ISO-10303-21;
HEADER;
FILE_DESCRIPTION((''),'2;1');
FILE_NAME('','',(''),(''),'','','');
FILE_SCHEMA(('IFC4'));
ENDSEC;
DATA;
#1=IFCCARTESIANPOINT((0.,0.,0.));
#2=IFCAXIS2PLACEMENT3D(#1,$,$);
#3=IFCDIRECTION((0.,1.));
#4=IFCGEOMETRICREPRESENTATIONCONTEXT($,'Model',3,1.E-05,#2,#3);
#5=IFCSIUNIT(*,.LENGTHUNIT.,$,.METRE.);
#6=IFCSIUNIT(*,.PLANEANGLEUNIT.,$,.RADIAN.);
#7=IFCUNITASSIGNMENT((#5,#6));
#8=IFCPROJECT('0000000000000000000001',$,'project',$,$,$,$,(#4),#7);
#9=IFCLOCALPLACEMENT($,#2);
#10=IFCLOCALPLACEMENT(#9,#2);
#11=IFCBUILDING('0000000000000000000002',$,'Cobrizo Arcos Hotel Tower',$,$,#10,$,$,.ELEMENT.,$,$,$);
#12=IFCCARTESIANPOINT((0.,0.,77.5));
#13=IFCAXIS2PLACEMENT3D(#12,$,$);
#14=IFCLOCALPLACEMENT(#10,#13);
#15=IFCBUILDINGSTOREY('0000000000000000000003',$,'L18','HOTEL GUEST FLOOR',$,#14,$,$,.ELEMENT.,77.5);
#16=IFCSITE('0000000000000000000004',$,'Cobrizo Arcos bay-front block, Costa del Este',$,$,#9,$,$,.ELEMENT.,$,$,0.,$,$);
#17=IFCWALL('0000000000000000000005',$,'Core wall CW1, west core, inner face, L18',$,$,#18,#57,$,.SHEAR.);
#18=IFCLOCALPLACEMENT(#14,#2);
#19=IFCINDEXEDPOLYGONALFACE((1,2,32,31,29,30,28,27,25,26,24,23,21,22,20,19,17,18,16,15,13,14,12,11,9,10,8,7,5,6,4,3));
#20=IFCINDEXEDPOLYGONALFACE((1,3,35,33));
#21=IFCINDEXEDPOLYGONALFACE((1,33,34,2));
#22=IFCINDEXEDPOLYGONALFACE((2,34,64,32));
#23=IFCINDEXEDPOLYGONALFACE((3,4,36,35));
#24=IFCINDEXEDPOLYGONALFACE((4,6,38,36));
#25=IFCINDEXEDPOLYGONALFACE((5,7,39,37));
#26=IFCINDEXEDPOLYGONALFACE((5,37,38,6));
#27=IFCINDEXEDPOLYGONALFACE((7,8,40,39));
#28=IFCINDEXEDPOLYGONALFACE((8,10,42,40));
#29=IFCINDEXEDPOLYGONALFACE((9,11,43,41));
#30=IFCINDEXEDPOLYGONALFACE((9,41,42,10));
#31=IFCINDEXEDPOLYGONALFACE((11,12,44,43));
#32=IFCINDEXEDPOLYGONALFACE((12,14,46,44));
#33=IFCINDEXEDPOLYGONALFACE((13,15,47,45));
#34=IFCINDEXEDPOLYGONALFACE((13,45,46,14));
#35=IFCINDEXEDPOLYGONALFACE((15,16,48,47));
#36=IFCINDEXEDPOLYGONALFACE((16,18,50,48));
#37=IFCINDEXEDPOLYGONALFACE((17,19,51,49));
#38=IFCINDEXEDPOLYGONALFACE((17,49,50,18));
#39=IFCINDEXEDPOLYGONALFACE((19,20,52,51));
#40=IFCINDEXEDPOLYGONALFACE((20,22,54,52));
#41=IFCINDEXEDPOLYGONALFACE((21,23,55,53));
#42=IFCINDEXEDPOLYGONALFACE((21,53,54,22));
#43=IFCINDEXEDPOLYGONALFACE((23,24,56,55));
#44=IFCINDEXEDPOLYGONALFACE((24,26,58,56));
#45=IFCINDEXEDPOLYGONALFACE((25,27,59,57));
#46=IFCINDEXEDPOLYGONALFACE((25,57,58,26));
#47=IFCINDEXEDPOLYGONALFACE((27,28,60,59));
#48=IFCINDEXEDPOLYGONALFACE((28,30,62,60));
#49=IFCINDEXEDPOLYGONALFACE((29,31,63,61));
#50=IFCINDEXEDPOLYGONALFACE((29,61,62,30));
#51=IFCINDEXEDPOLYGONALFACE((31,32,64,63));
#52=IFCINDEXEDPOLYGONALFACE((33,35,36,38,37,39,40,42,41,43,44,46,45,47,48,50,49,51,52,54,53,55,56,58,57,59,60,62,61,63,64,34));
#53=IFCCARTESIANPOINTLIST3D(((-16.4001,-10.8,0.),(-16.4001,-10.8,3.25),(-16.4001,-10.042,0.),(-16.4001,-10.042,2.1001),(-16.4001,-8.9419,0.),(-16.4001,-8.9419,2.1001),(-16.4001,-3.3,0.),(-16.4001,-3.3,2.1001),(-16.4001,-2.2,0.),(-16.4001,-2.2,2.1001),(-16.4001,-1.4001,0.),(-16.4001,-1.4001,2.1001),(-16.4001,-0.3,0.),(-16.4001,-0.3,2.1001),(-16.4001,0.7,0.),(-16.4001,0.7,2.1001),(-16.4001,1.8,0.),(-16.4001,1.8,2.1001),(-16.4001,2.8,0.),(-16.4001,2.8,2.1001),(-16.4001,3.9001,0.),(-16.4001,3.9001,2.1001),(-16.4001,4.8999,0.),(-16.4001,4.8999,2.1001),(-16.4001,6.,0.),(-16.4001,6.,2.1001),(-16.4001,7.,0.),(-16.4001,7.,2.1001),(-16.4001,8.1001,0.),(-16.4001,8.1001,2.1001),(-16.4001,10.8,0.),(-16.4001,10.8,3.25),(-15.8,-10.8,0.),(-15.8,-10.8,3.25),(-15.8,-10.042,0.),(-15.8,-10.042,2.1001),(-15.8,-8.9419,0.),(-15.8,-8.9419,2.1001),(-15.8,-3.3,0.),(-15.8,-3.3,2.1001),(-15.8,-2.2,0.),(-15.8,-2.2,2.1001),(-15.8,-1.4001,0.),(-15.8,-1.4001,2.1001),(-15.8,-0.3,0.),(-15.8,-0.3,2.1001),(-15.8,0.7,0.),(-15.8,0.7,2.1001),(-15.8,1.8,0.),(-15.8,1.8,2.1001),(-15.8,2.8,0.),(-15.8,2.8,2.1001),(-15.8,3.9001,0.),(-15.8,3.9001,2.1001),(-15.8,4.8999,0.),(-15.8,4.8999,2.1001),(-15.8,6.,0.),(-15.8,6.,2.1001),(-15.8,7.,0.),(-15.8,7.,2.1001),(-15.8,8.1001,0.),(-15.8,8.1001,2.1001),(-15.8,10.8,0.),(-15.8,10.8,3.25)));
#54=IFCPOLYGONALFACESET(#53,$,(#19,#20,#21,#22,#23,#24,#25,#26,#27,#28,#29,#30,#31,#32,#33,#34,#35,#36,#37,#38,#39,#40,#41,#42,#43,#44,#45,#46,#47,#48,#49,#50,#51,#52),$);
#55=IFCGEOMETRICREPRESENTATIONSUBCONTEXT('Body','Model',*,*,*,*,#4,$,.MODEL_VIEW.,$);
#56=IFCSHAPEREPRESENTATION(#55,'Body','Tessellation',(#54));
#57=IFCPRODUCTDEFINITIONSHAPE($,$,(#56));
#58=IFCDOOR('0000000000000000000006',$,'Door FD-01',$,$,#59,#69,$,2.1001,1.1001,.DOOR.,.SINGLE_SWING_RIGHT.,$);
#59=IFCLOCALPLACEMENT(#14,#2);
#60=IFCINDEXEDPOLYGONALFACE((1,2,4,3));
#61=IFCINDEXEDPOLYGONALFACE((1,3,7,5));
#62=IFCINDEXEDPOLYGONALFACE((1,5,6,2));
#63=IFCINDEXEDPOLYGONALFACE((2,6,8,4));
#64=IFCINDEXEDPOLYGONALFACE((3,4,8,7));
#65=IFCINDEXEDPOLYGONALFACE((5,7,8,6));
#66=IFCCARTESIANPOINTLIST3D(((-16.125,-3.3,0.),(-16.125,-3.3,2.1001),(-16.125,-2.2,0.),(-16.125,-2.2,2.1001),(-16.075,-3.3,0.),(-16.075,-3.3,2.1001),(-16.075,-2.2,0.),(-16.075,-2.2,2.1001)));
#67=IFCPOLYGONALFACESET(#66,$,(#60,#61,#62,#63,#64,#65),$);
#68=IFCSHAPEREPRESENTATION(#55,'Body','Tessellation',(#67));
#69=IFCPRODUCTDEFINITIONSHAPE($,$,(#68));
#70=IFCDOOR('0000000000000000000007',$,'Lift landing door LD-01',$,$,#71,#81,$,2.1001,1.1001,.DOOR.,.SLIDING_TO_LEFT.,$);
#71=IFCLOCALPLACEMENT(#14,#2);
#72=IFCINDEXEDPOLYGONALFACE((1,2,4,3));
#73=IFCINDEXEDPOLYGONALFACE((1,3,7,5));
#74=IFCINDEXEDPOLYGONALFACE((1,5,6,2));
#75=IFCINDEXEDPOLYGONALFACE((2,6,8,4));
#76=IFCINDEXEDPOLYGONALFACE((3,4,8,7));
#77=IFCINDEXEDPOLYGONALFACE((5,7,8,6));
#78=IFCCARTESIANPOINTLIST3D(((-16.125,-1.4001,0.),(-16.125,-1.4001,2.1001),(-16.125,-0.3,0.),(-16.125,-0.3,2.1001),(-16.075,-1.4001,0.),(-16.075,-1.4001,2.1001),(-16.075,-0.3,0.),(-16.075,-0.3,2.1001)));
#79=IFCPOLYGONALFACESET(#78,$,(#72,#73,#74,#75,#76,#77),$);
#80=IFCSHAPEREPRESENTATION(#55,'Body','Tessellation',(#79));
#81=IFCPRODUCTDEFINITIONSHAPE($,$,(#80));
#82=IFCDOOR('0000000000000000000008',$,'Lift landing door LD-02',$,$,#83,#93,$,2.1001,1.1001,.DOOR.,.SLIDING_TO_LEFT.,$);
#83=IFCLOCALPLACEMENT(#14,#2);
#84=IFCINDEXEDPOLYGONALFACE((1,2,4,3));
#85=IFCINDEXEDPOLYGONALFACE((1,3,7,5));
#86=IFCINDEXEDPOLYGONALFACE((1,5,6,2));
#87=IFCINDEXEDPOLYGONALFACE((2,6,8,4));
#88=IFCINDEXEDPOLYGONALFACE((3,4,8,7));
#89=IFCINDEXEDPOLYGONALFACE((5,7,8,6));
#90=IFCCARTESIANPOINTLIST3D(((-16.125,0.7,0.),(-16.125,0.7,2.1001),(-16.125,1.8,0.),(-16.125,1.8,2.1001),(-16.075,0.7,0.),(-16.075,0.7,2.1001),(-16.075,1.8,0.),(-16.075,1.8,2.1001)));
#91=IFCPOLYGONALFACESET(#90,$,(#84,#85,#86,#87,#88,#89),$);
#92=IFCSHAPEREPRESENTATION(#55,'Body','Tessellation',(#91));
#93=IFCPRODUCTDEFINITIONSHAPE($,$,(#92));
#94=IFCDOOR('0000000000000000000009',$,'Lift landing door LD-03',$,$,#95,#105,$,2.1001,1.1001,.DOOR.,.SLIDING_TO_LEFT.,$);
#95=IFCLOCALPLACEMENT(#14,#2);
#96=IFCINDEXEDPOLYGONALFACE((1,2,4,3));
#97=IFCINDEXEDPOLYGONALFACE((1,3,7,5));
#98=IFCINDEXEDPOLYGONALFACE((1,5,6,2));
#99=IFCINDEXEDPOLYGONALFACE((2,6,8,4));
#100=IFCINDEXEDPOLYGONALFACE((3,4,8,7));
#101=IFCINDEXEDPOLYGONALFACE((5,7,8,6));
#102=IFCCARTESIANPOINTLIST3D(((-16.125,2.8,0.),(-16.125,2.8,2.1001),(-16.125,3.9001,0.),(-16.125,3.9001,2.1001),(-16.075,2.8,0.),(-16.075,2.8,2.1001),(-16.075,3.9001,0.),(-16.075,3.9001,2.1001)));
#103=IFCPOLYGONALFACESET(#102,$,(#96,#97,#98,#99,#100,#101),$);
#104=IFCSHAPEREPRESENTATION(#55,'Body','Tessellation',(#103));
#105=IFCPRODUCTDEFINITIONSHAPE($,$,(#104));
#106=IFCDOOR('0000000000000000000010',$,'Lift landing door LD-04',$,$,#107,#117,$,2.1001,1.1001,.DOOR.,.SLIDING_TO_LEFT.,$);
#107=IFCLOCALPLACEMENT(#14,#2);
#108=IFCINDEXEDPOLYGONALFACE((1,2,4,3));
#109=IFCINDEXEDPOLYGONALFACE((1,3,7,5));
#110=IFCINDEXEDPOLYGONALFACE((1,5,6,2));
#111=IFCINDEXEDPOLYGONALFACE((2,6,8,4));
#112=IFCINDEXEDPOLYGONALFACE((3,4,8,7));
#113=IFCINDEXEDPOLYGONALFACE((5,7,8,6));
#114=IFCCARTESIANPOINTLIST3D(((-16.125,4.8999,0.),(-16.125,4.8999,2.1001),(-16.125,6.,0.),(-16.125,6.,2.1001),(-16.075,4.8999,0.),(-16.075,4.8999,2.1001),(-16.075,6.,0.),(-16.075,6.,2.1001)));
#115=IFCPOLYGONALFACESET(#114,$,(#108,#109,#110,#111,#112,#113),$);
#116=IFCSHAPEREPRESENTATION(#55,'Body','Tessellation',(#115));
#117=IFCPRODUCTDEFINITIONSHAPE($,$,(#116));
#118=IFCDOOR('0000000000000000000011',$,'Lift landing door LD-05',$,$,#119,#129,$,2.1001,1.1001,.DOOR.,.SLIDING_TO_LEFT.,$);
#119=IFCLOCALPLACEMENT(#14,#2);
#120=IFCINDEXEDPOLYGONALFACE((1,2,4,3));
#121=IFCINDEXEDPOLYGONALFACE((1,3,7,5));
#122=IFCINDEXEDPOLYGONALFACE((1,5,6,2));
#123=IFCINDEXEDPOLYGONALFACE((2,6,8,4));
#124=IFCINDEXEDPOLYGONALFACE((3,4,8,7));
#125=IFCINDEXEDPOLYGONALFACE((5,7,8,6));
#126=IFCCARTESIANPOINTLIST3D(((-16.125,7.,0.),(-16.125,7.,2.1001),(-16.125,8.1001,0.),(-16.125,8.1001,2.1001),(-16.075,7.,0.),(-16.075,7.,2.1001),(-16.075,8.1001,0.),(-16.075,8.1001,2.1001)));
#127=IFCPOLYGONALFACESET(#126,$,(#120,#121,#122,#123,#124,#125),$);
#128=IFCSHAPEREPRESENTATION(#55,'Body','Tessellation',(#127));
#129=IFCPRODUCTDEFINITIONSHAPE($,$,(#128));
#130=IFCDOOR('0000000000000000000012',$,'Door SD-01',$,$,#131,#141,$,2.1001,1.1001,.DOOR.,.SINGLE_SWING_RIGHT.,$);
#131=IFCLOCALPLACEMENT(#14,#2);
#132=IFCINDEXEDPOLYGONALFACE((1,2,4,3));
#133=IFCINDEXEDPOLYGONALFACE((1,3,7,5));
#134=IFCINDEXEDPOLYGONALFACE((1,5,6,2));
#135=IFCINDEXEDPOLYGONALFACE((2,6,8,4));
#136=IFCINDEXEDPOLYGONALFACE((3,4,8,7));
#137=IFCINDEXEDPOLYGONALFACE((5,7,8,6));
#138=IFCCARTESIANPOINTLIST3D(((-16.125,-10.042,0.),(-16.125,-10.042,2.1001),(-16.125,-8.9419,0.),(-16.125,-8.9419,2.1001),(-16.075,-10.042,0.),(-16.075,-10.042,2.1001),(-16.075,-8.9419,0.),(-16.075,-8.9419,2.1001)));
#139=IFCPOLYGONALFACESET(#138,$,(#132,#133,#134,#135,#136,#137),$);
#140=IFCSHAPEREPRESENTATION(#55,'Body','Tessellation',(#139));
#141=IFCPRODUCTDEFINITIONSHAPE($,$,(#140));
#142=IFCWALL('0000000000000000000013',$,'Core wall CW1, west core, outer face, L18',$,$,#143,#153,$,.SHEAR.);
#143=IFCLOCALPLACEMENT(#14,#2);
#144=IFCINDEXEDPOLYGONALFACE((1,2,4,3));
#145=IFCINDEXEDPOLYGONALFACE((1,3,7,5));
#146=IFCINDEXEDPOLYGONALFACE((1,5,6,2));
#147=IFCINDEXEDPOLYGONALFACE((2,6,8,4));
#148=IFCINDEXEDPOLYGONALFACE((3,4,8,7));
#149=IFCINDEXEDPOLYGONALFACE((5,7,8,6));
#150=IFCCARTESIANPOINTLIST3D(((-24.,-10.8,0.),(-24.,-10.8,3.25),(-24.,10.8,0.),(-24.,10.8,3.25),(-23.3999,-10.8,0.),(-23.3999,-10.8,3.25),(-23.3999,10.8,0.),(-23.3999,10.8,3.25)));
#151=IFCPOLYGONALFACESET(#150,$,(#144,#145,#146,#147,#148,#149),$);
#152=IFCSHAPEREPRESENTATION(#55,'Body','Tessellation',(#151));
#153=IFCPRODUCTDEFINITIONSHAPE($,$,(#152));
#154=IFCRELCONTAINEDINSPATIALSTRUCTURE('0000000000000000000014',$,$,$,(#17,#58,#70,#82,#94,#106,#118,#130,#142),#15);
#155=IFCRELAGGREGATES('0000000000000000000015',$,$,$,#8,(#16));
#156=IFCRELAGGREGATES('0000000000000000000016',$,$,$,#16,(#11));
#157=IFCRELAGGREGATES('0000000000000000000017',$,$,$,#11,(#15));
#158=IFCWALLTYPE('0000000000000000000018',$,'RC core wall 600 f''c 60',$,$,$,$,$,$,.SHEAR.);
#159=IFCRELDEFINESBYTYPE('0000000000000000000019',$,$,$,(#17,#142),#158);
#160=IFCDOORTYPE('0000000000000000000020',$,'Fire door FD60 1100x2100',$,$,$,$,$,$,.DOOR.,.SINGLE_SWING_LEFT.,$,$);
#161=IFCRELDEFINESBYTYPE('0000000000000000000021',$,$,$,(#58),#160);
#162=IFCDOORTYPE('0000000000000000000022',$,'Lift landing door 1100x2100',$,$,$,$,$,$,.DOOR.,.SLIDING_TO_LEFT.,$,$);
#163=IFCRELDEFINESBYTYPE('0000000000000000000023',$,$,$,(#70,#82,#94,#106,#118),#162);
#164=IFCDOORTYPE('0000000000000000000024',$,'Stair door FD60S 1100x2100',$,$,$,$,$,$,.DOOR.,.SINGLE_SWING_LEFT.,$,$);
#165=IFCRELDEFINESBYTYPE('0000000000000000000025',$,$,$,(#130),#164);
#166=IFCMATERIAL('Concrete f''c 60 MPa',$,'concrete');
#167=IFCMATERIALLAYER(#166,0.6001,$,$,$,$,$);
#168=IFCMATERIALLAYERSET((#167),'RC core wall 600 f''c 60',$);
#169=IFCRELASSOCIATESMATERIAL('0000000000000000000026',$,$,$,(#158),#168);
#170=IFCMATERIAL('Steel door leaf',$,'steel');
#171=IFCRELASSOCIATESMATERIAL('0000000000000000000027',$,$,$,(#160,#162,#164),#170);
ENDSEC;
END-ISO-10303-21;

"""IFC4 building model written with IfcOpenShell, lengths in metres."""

from ifc_helpers import new_model, si_unit, direction, frame, frame_2d, origin, place, context, subcontext, project, spatial, rectangle, extrude, material, layer, layer_set, type_object, element, fill, save


model = new_model("IFC4")

# Units and contexts
model_context = context("Model", 3, precision=1e-05, world=origin(), true_north=direction((0.0, 1.0)))
body_context = subcontext(model_context, "Body", "Model", "MODEL_VIEW")
ifc_project = project(units=[si_unit("LENGTHUNIT", "METRE"), si_unit("PLANEANGLEUNIT", "RADIAN")], contexts=[model_context])

# Site, building, storey
site_placement = place(None, origin())
site = spatial("IfcSite", under=ifc_project, at=site_placement, Name="Cobrizo Arcos bay-front block, Costa del Este", CompositionType="ELEMENT", RefElevation=0.0)
building_placement = place(site_placement, origin())
building = spatial("IfcBuilding", under=site, at=building_placement, Name="Cobrizo Arcos Hotel Tower", CompositionType="ELEMENT")
storey_placement = place(building_placement, frame((0.0, 0.0, 77.5)))
storey = spatial("IfcBuildingStorey", under=building, at=storey_placement, Name="L18", Description="HOTEL GUEST FLOOR", CompositionType="ELEMENT", Elevation=77.5)

# Wall, openings, doors
ifc_material_1 = material(Name="Concrete f'c 60 MPa", Category="concrete")
ifc_layer_1 = layer(ifc_material_1, 0.6001)
ifc_layer_set_1 = layer_set([ifc_layer_1], Name="RC core wall 600 f'c 60")
wall_type_1 = type_object("IfcWallType", Name="RC core wall 600 f'c 60", PredefinedType="SHEAR", material=ifc_layer_set_1)
wall_1_placement = place(storey_placement, frame((-16.1001, -10.8, 0.0), z_axis=(0.0, 0.0, 1.0), x_axis=(0.0, 1.0, 0.0)))
wall_1 = element("IfcWall", 1, at=wall_1_placement, inside=storey, type_object=wall_type_1, Name="Core wall CW1, west core, inner face, L18", PredefinedType="SHEAR", context=body_context, shape_type="SweptSolid", body=[
    extrude(rectangle(XDim=21.6001, YDim=0.6001, at=frame_2d((10.8, 0.0))), origin(), (0.0, 0.0, 1.0), 3.25),
])
opening_1_placement = place(wall_1_placement, frame((9.3999, 0.0, 0.0)))
opening_1 = element("IfcOpeningElement", 2, at=opening_1_placement, cuts=wall_1, PredefinedType="OPENING", context=body_context, shape_type="SweptSolid", body=[
    extrude(rectangle(XDim=1.1001, YDim=2.1001, at=frame_2d((0.55, 1.05))), frame((0.0, 0.312, 0.0), z_axis=(0.0, -1.0, 0.0), x_axis=(1.0, 0.0, 0.0)), (0.0, 0.0, 1.0), 0.624),
])
opening_2_placement = place(wall_1_placement, frame((11.5, 0.0, 0.0)))
opening_2 = element("IfcOpeningElement", 3, at=opening_2_placement, cuts=wall_1, PredefinedType="OPENING", context=body_context, shape_type="SweptSolid", body=[
    extrude(rectangle(XDim=1.1001, YDim=2.1001, at=frame_2d((0.55, 1.05))), frame((0.0, 0.312, 0.0), z_axis=(0.0, -1.0, 0.0), x_axis=(1.0, 0.0, 0.0)), (0.0, 0.0, 1.0), 0.624),
])
opening_3_placement = place(wall_1_placement, frame((13.6001, 0.0, 0.0)))
opening_3 = element("IfcOpeningElement", 4, at=opening_3_placement, cuts=wall_1, PredefinedType="OPENING", context=body_context, shape_type="SweptSolid", body=[
    extrude(rectangle(XDim=1.1001, YDim=2.1001, at=frame_2d((0.55, 1.05))), frame((0.0, 0.312, 0.0), z_axis=(0.0, -1.0, 0.0), x_axis=(1.0, 0.0, 0.0)), (0.0, 0.0, 1.0), 0.624),
])
opening_4_placement = place(wall_1_placement, frame((15.7, 0.0, 0.0)))
opening_4 = element("IfcOpeningElement", 5, at=opening_4_placement, cuts=wall_1, PredefinedType="OPENING", context=body_context, shape_type="SweptSolid", body=[
    extrude(rectangle(XDim=1.1001, YDim=2.1001, at=frame_2d((0.55, 1.05))), frame((0.0, 0.312, 0.0), z_axis=(0.0, -1.0, 0.0), x_axis=(1.0, 0.0, 0.0)), (0.0, 0.0, 1.0), 0.624),
])
opening_5_placement = place(wall_1_placement, frame((17.8, 0.0, 0.0)))
opening_5 = element("IfcOpeningElement", 6, at=opening_5_placement, cuts=wall_1, PredefinedType="OPENING", context=body_context, shape_type="SweptSolid", body=[
    extrude(rectangle(XDim=1.1001, YDim=2.1001, at=frame_2d((0.55, 1.05))), frame((0.0, 0.312, 0.0), z_axis=(0.0, -1.0, 0.0), x_axis=(1.0, 0.0, 0.0)), (0.0, 0.0, 1.0), 0.624),
])
opening_6_placement = place(wall_1_placement, frame((0.7581, 0.0, 0.0)))
opening_6 = element("IfcOpeningElement", 7, at=opening_6_placement, cuts=wall_1, PredefinedType="OPENING", context=body_context, shape_type="SweptSolid", body=[
    extrude(rectangle(XDim=1.1001, YDim=2.1001, at=frame_2d((0.55, 1.05))), frame((0.0, 0.312, 0.0), z_axis=(0.0, -1.0, 0.0), x_axis=(1.0, 0.0, 0.0)), (0.0, 0.0, 1.0), 0.624),
])
opening_7_placement = place(wall_1_placement, frame((7.5, 0.0, 0.0)))
opening_7 = element("IfcOpeningElement", 8, at=opening_7_placement, cuts=wall_1, PredefinedType="OPENING", context=body_context, shape_type="SweptSolid", body=[
    extrude(rectangle(XDim=1.1001, YDim=2.1001, at=frame_2d((0.55, 1.05))), frame((0.0, 0.312, 0.0), z_axis=(0.0, -1.0, 0.0), x_axis=(1.0, 0.0, 0.0)), (0.0, 0.0, 1.0), 0.624),
])
ifc_material_2 = material(Name="Steel door leaf", Category="steel")
door_type_1 = type_object("IfcDoorType", Name="Fire door FD60 1100x2100", OperationType="SINGLE_SWING_LEFT", PredefinedType="DOOR", material=ifc_material_2)
door_1_placement = place(opening_7_placement, origin())
door_1 = element("IfcDoor", 9, at=door_1_placement, inside=storey, type_object=door_type_1, Name="Door FD-01", OperationType="SINGLE_SWING_RIGHT", OverallHeight=2.1001, OverallWidth=1.1001, PredefinedType="DOOR", context=body_context, shape_type="SweptSolid", body=[
    extrude(rectangle(XDim=1.1001, YDim=2.1001, at=frame_2d((0.55, 1.05))), frame((0.0, 0.0249, 0.0), z_axis=(0.0, -1.0, 0.0), x_axis=(1.0, 0.0, 0.0)), (0.0, 0.0, 1.0), 0.05),
])
fill(opening_7, door_1)
door_type_2 = type_object("IfcDoorType", Name="Lift landing door 1100x2100", OperationType="SLIDING_TO_LEFT", PredefinedType="DOOR", material=ifc_material_2)
door_2_placement = place(opening_1_placement, origin())
door_2 = element("IfcDoor", 10, at=door_2_placement, inside=storey, type_object=door_type_2, Name="Lift landing door LD-01", OperationType="SLIDING_TO_LEFT", OverallHeight=2.1001, OverallWidth=1.1001, PredefinedType="DOOR", context=body_context, shape_type="SweptSolid", body=[
    extrude(rectangle(XDim=1.1001, YDim=2.1001, at=frame_2d((0.55, 1.05))), frame((0.0, 0.0249, 0.0), z_axis=(0.0, -1.0, 0.0), x_axis=(1.0, 0.0, 0.0)), (0.0, 0.0, 1.0), 0.05),
])
fill(opening_1, door_2)
door_3_placement = place(opening_2_placement, origin())
door_3 = element("IfcDoor", 11, at=door_3_placement, inside=storey, type_object=door_type_2, Name="Lift landing door LD-02", OperationType="SLIDING_TO_LEFT", OverallHeight=2.1001, OverallWidth=1.1001, PredefinedType="DOOR", context=body_context, shape_type="SweptSolid", body=[
    extrude(rectangle(XDim=1.1001, YDim=2.1001, at=frame_2d((0.55, 1.05))), frame((0.0, 0.0249, 0.0), z_axis=(0.0, -1.0, 0.0), x_axis=(1.0, 0.0, 0.0)), (0.0, 0.0, 1.0), 0.05),
])
fill(opening_2, door_3)
door_4_placement = place(opening_3_placement, origin())
door_4 = element("IfcDoor", 12, at=door_4_placement, inside=storey, type_object=door_type_2, Name="Lift landing door LD-03", OperationType="SLIDING_TO_LEFT", OverallHeight=2.1001, OverallWidth=1.1001, PredefinedType="DOOR", context=body_context, shape_type="SweptSolid", body=[
    extrude(rectangle(XDim=1.1001, YDim=2.1001, at=frame_2d((0.55, 1.05))), frame((0.0, 0.0249, 0.0), z_axis=(0.0, -1.0, 0.0), x_axis=(1.0, 0.0, 0.0)), (0.0, 0.0, 1.0), 0.05),
])
fill(opening_3, door_4)
door_5_placement = place(opening_4_placement, origin())
door_5 = element("IfcDoor", 13, at=door_5_placement, inside=storey, type_object=door_type_2, Name="Lift landing door LD-04", OperationType="SLIDING_TO_LEFT", OverallHeight=2.1001, OverallWidth=1.1001, PredefinedType="DOOR", context=body_context, shape_type="SweptSolid", body=[
    extrude(rectangle(XDim=1.1001, YDim=2.1001, at=frame_2d((0.55, 1.05))), frame((0.0, 0.0249, 0.0), z_axis=(0.0, -1.0, 0.0), x_axis=(1.0, 0.0, 0.0)), (0.0, 0.0, 1.0), 0.05),
])
fill(opening_4, door_5)
door_6_placement = place(opening_5_placement, origin())
door_6 = element("IfcDoor", 14, at=door_6_placement, inside=storey, type_object=door_type_2, Name="Lift landing door LD-05", OperationType="SLIDING_TO_LEFT", OverallHeight=2.1001, OverallWidth=1.1001, PredefinedType="DOOR", context=body_context, shape_type="SweptSolid", body=[
    extrude(rectangle(XDim=1.1001, YDim=2.1001, at=frame_2d((0.55, 1.05))), frame((0.0, 0.0249, 0.0), z_axis=(0.0, -1.0, 0.0), x_axis=(1.0, 0.0, 0.0)), (0.0, 0.0, 1.0), 0.05),
])
fill(opening_5, door_6)
door_type_3 = type_object("IfcDoorType", Name="Stair door FD60S 1100x2100", OperationType="SINGLE_SWING_LEFT", PredefinedType="DOOR", material=ifc_material_2)
door_7_placement = place(opening_6_placement, origin())
door_7 = element("IfcDoor", 15, at=door_7_placement, inside=storey, type_object=door_type_3, Name="Door SD-01", OperationType="SINGLE_SWING_RIGHT", OverallHeight=2.1001, OverallWidth=1.1001, PredefinedType="DOOR", context=body_context, shape_type="SweptSolid", body=[
    extrude(rectangle(XDim=1.1001, YDim=2.1001, at=frame_2d((0.55, 1.05))), frame((0.0, 0.0249, 0.0), z_axis=(0.0, -1.0, 0.0), x_axis=(1.0, 0.0, 0.0)), (0.0, 0.0, 1.0), 0.05),
])
fill(opening_6, door_7)

# Wall
wall_2_placement = place(storey_placement, frame((-23.7, -10.8, 0.0), z_axis=(0.0, 0.0, 1.0), x_axis=(0.0, 1.0, 0.0)))
element("IfcWall", 16, at=wall_2_placement, inside=storey, type_object=wall_type_1, Name="Core wall CW1, west core, outer face, L18", PredefinedType="SHEAR", context=body_context, shape_type="SweptSolid", body=[
    extrude(rectangle(XDim=21.6001, YDim=0.6001, at=frame_2d((10.8, 0.0))), origin(), (0.0, 0.0, 1.0), 3.25),
])

save(model, "model.ifc")
